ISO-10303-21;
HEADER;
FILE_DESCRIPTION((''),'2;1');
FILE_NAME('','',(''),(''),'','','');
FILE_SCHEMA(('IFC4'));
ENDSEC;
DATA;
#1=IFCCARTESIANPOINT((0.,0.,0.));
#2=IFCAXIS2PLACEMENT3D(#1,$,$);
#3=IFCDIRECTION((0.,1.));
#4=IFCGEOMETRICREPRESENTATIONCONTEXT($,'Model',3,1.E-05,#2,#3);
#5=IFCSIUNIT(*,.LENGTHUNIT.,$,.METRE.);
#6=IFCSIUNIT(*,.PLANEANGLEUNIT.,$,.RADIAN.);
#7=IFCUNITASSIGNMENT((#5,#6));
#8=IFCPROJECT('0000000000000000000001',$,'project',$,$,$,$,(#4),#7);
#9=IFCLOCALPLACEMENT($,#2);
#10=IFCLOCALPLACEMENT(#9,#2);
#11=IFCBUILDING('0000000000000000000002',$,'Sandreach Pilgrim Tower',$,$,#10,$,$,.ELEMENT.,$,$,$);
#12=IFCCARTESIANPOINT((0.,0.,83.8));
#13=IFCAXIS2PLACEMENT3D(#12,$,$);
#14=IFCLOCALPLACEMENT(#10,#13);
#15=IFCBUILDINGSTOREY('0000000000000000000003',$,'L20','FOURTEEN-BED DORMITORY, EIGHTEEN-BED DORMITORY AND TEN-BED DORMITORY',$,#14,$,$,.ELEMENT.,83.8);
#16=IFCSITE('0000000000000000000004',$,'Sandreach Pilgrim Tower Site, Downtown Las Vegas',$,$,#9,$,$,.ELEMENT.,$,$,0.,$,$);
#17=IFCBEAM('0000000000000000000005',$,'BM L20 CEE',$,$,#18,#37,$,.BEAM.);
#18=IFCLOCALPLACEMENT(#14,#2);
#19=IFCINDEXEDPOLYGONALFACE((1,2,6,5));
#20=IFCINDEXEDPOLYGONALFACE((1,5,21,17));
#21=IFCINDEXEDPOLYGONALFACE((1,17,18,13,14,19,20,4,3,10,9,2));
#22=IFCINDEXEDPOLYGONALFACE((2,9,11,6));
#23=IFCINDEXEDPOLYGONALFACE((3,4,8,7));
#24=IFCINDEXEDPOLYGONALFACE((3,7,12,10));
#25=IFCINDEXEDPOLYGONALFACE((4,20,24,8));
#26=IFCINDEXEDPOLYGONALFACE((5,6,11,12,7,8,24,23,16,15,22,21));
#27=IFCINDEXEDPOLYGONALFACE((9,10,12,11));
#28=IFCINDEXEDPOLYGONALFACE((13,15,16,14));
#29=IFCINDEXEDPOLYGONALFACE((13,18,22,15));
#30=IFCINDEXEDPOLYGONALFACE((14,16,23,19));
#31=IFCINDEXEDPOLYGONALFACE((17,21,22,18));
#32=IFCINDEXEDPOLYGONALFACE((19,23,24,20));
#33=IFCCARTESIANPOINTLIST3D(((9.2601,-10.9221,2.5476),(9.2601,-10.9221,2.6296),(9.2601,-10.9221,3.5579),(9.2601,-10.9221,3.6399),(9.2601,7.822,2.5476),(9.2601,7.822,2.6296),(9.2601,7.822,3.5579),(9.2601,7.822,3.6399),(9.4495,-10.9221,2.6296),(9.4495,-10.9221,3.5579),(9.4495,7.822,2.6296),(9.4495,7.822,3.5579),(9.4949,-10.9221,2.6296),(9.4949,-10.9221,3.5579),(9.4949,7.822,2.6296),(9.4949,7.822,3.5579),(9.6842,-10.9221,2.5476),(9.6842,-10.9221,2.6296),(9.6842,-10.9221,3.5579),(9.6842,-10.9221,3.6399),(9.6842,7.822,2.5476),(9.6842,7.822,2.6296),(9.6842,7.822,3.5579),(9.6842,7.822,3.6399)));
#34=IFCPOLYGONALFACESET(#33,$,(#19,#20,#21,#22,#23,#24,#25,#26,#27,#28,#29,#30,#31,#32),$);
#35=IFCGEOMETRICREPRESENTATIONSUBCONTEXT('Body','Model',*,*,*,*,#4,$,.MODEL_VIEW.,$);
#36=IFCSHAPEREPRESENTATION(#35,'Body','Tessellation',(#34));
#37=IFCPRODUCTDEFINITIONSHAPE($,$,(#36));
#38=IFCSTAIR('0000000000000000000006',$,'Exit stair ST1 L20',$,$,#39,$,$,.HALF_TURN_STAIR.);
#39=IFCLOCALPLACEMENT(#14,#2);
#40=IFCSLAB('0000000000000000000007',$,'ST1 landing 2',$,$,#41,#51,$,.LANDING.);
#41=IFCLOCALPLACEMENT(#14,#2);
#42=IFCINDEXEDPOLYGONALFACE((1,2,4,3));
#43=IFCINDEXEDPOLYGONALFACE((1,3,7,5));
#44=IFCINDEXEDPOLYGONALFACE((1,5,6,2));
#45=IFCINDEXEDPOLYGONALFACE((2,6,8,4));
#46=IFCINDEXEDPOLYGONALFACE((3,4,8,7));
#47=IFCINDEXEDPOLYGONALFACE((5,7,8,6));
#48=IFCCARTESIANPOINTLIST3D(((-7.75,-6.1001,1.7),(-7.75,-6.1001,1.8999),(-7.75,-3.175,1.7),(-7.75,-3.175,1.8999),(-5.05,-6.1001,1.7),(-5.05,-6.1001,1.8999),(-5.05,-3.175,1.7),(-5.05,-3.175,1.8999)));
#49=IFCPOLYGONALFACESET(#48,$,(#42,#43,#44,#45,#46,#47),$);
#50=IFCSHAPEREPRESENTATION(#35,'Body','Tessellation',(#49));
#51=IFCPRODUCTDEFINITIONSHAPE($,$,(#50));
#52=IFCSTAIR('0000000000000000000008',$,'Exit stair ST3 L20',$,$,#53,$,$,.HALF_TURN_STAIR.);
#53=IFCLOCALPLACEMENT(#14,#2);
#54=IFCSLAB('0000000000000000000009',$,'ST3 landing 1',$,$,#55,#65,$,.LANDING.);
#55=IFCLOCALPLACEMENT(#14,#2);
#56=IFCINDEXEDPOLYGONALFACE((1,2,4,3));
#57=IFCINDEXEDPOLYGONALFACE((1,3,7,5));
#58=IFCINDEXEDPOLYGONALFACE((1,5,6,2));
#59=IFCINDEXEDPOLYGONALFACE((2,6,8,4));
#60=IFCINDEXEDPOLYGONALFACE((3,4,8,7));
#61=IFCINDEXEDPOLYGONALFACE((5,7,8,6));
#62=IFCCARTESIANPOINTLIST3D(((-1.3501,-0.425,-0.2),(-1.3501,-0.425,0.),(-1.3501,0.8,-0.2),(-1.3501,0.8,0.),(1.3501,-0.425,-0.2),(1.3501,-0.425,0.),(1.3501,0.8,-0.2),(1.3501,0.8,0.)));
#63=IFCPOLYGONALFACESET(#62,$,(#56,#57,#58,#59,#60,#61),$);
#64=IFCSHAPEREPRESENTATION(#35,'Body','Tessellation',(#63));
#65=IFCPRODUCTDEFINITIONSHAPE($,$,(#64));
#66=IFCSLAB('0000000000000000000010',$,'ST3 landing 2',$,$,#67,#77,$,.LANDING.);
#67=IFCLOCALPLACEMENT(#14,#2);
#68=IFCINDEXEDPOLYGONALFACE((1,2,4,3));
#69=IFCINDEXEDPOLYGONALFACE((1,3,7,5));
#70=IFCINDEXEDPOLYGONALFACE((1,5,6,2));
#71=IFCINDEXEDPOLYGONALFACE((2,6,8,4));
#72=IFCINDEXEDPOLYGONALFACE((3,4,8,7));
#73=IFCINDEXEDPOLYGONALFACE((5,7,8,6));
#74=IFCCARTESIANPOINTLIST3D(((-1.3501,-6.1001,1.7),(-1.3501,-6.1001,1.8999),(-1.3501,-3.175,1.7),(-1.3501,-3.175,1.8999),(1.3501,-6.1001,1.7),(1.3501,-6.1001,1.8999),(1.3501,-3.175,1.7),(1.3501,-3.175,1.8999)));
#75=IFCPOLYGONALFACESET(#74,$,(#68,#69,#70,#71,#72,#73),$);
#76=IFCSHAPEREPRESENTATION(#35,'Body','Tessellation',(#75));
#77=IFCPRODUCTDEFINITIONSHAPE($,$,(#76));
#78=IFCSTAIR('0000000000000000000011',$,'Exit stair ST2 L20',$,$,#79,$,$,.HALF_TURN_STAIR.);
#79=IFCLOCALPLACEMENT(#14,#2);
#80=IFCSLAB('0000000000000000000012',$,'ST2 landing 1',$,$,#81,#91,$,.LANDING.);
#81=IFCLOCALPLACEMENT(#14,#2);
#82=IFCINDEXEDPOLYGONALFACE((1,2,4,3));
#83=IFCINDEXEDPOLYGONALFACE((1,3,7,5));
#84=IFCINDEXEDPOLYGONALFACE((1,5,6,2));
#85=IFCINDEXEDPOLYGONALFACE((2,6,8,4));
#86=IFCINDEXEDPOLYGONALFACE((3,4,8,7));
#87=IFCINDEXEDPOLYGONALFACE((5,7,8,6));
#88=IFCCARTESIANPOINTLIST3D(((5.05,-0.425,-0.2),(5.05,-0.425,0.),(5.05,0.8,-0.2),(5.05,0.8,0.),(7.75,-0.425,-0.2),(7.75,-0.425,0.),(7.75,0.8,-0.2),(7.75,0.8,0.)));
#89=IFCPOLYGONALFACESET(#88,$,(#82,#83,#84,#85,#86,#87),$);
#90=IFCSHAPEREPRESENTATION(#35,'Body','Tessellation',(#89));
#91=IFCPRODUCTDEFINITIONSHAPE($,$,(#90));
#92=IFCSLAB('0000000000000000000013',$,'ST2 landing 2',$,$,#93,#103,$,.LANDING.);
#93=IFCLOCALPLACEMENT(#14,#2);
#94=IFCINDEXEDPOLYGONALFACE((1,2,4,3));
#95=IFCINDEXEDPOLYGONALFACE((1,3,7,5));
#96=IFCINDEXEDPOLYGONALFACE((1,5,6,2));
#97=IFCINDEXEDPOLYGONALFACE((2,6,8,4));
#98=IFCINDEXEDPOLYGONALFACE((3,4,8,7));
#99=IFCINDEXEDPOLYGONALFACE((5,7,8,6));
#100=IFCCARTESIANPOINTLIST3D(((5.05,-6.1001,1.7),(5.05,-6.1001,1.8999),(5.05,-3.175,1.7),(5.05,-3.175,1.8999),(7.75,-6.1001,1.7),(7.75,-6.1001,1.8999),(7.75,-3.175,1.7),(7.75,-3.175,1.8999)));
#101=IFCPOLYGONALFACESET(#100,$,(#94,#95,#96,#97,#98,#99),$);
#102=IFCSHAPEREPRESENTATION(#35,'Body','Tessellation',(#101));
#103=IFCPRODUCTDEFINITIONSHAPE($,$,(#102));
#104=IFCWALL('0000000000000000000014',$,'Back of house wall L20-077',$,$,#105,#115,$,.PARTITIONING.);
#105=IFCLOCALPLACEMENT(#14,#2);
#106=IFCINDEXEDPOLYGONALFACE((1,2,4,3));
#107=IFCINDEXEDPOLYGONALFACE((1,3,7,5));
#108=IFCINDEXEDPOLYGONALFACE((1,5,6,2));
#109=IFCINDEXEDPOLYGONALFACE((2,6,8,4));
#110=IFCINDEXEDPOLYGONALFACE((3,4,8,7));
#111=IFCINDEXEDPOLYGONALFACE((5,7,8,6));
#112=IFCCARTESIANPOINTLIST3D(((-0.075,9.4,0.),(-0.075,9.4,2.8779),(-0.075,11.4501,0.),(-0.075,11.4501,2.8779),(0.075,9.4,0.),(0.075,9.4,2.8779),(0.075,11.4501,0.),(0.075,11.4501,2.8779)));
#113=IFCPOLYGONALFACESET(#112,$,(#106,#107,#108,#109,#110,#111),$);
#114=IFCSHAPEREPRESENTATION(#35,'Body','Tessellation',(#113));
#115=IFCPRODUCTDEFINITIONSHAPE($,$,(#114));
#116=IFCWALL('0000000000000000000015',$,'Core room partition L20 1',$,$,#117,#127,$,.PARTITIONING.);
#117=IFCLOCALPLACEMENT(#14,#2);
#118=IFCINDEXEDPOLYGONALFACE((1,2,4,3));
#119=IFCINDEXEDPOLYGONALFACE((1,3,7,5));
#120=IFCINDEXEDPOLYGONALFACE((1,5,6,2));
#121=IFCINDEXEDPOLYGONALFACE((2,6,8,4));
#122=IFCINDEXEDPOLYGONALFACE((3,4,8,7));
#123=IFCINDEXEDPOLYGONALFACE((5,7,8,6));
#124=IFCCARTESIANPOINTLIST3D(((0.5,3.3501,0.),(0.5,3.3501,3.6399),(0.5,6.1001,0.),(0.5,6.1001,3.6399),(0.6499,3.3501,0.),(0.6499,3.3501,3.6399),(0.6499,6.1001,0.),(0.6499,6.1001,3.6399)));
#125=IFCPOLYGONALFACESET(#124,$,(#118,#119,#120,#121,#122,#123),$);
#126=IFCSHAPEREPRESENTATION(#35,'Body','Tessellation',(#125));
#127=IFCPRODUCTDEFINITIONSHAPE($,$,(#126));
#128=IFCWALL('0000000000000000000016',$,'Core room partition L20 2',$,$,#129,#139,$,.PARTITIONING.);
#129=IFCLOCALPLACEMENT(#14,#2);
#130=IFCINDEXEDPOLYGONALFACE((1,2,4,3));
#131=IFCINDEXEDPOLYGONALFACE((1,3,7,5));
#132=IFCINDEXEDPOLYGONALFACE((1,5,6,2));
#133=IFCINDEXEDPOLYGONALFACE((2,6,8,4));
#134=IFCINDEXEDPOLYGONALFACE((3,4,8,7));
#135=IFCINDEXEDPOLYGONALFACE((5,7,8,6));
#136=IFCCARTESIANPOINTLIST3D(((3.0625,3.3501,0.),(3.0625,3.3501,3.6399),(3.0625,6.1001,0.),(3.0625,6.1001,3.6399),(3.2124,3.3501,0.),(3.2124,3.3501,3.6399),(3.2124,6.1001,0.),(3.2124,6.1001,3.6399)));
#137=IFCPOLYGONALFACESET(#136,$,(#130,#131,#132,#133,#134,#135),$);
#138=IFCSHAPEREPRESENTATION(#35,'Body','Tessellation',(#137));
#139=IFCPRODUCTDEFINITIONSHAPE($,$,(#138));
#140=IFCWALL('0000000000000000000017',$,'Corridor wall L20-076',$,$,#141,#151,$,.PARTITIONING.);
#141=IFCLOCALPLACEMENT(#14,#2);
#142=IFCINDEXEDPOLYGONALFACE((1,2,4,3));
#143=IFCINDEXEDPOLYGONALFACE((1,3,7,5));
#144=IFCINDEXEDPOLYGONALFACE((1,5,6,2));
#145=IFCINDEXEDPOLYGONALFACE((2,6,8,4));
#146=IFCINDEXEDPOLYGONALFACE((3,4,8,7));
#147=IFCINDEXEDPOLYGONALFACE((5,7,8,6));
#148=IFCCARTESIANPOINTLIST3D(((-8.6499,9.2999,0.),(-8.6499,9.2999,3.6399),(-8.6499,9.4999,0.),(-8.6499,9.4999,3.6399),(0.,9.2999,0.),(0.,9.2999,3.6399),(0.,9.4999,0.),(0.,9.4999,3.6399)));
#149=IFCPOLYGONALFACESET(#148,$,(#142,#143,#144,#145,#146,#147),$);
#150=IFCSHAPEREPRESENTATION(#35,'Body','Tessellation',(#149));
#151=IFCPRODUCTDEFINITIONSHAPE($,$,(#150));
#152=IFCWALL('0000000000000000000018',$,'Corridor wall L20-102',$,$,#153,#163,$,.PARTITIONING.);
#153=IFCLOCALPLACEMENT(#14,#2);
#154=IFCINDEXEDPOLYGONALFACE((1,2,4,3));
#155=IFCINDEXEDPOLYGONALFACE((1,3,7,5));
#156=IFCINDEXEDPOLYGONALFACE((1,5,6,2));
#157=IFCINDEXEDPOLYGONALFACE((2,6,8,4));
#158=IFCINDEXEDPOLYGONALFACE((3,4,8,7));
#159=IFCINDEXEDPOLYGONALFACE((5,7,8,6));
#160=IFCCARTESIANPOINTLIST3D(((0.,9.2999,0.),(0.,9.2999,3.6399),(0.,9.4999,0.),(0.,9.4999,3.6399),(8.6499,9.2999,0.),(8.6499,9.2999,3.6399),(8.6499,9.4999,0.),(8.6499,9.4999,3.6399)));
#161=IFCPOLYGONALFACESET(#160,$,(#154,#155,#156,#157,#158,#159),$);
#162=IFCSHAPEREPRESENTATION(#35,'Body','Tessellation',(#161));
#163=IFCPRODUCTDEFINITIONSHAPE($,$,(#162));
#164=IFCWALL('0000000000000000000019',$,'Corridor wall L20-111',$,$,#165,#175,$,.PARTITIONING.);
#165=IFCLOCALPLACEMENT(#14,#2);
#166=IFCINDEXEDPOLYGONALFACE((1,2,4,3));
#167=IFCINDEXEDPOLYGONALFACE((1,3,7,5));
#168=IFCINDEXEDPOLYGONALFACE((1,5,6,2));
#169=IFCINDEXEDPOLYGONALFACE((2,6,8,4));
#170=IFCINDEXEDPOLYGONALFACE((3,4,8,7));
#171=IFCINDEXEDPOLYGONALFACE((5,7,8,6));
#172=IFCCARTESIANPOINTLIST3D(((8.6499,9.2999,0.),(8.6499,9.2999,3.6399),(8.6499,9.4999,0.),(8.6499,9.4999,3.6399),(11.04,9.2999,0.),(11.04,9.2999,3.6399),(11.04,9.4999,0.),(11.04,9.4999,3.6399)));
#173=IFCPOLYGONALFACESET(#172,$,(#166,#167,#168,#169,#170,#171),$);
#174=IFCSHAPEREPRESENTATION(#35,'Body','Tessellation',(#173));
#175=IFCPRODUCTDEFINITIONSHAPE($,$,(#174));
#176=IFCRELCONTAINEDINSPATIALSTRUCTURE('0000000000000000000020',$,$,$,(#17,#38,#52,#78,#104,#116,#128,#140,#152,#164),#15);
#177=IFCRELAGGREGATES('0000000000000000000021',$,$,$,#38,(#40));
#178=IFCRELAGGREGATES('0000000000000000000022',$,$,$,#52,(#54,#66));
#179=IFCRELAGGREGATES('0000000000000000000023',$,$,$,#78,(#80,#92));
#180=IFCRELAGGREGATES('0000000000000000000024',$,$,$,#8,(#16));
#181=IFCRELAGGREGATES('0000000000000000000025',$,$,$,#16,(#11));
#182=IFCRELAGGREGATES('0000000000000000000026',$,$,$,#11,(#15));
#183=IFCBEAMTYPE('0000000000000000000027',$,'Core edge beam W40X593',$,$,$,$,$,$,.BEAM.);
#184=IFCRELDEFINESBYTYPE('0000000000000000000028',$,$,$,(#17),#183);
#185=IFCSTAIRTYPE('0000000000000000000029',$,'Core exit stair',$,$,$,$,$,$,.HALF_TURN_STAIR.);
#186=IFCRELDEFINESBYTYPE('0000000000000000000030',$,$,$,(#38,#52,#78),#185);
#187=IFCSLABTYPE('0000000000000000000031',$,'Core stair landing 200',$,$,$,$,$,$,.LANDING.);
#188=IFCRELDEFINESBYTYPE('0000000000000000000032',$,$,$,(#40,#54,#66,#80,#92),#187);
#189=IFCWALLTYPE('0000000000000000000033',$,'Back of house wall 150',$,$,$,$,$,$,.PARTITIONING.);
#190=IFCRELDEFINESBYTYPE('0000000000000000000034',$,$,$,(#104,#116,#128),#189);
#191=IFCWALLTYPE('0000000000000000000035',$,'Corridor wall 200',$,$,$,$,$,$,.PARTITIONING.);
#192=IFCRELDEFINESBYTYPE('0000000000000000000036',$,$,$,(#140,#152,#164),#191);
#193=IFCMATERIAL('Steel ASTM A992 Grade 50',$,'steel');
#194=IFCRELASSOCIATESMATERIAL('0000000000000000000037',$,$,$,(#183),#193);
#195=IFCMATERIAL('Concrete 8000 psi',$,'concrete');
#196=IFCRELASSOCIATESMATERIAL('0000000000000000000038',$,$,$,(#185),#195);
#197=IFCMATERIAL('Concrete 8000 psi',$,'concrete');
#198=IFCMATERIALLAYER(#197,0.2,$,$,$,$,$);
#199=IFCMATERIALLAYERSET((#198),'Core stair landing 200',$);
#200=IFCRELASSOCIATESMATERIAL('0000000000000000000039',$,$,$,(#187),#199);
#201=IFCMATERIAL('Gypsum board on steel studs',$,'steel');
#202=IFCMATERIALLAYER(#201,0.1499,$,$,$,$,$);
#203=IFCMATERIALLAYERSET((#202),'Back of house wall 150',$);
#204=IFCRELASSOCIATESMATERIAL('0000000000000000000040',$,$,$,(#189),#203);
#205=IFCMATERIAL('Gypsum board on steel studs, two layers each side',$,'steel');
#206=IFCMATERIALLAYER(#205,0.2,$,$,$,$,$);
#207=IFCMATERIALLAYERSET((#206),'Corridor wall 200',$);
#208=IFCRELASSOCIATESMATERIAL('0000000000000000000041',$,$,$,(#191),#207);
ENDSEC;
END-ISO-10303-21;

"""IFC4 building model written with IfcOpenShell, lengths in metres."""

from ifc_helpers import new_model, si_unit, direction, frame, frame_2d, origin, origin_2d, place, context, subcontext, project, spatial, polyline, rectangle, i_section, outline, extrude, material, layer, layer_set, material_profile, profile_set, type_object, element, aggregate, save


model = new_model("IFC4")

# Units and contexts
model_context = context("Model", 3, precision=1e-05, world=origin(), true_north=direction((0.0, 1.0)))
body_context = subcontext(model_context, "Body", "Model", "MODEL_VIEW")
ifc_project = project(units=[si_unit("LENGTHUNIT", "METRE"), si_unit("PLANEANGLEUNIT", "RADIAN")], contexts=[model_context])

# Site, building, storey
site_placement = place(None, origin())
site = spatial("IfcSite", under=ifc_project, at=site_placement, Name="Sandreach Pilgrim Tower Site, Downtown Las Vegas", CompositionType="ELEMENT", RefElevation=0.0)
building_placement = place(site_placement, origin())
building = spatial("IfcBuilding", under=site, at=building_placement, Name="Sandreach Pilgrim Tower", CompositionType="ELEMENT")
storey_placement = place(building_placement, frame((0.0, 0.0, 83.8)))
storey = spatial("IfcBuildingStorey", under=building, at=storey_placement, Name="L20", Description="FOURTEEN-BED DORMITORY, EIGHTEEN-BED DORMITORY AND TEN-BED DORMITORY", CompositionType="ELEMENT", Elevation=83.8)

# Beam
ifc_material_1 = material(Name="Steel ASTM A992 Grade 50", Category="steel")
ifc_material_profile = material_profile(ifc_material_1, i_section(OverallWidth=0.4241, OverallDepth=1.0923, WebThickness=0.0454, FlangeThickness=0.082, at=origin_2d()), Name="W40X593")
ifc_profile_set = profile_set([ifc_material_profile], Name="Steel ASTM A992 Grade 50")
beam_type = type_object("IfcBeamType", Name="Core edge beam W40X593", PredefinedType="BEAM", material=ifc_profile_set)
beam_placement = place(storey_placement, frame((9.4722, 7.822, 3.0938), z_axis=(0.0, -1.0, 0.0), x_axis=(1.0, 0.0, 0.0)))
element("IfcBeam", 1, at=beam_placement, inside=storey, type_object=beam_type, Name="BM L20 CEE", PredefinedType="BEAM", context=body_context, shape_type="SweptSolid", body=[
    extrude(i_section(OverallWidth=0.4241, OverallDepth=1.0923, WebThickness=0.0454, FlangeThickness=0.082, at=origin_2d()), origin(), (0.0, 0.0, 1.0), 18.7441),
])

# Stair, slab
ifc_material_2 = material(Name="Concrete 8000 psi", Category="concrete")
stair_type = type_object("IfcStairType", Name="Core exit stair", PredefinedType="HALF_TURN_STAIR", material=ifc_material_2)
stair_1_placement = place(storey_placement, origin())
stair_1 = element("IfcStair", 2, at=stair_1_placement, inside=storey, type_object=stair_type, Name="Exit stair ST1 L20", PredefinedType="HALF_TURN_STAIR")
ifc_material_3 = material(Name="Concrete 8000 psi", Category="concrete")
ifc_layer_1 = layer(ifc_material_3, 0.2)
ifc_layer_set_1 = layer_set([ifc_layer_1], Name="Core stair landing 200")
slab_type = type_object("IfcSlabType", Name="Core stair landing 200", PredefinedType="LANDING", material=ifc_layer_set_1)
slab_1_placement = place(storey_placement, frame((0.0, 0.0, 1.7)))
slab_1 = element("IfcSlab", 3, at=slab_1_placement, type_object=slab_type, Name="ST1 landing 2", PredefinedType="LANDING", context=body_context, shape_type="SweptSolid", body=[
    extrude(outline(polyline([(-7.75, -6.1001), (-5.05, -6.1001), (-5.05, -3.175), (-7.75, -3.175), (-7.75, -6.1001)])), origin(), (0.0, 0.0, 1.0), 0.2),
])
aggregate(stair_1, [slab_1])

# Stairs, slabs
stair_2_placement = place(storey_placement, origin())
stair_2 = element("IfcStair", 4, at=stair_2_placement, inside=storey, type_object=stair_type, Name="Exit stair ST3 L20", PredefinedType="HALF_TURN_STAIR")
slab_2_placement = place(storey_placement, frame((0.0, 0.0, -0.2)))
slab_2 = element("IfcSlab", 5, at=slab_2_placement, type_object=slab_type, Name="ST3 landing 1", PredefinedType="LANDING", context=body_context, shape_type="SweptSolid", body=[
    extrude(outline(polyline([(-1.3501, -0.425), (1.3501, -0.425), (1.3501, 0.8), (-1.3501, 0.8), (-1.3501, -0.425)])), origin(), (0.0, 0.0, 1.0), 0.2),
])
slab_3_placement = place(storey_placement, frame((0.0, 0.0, 1.7)))
slab_3 = element("IfcSlab", 6, at=slab_3_placement, type_object=slab_type, Name="ST3 landing 2", PredefinedType="LANDING", context=body_context, shape_type="SweptSolid", body=[
    extrude(outline(polyline([(-1.3501, -6.1001), (1.3501, -6.1001), (1.3501, -3.175), (-1.3501, -3.175), (-1.3501, -6.1001)])), origin(), (0.0, 0.0, 1.0), 0.2),
])
aggregate(stair_2, [slab_2, slab_3])
stair_3_placement = place(storey_placement, origin())
stair_3 = element("IfcStair", 7, at=stair_3_placement, inside=storey, type_object=stair_type, Name="Exit stair ST2 L20", PredefinedType="HALF_TURN_STAIR")
slab_4_placement = place(storey_placement, frame((0.0, 0.0, -0.2)))
slab_4 = element("IfcSlab", 8, at=slab_4_placement, type_object=slab_type, Name="ST2 landing 1", PredefinedType="LANDING", context=body_context, shape_type="SweptSolid", body=[
    extrude(outline(polyline([(5.05, -0.425), (7.75, -0.425), (7.75, 0.8), (5.05, 0.8), (5.05, -0.425)])), origin(), (0.0, 0.0, 1.0), 0.2),
])
slab_5_placement = place(storey_placement, frame((0.0, 0.0, 1.7)))
slab_5 = element("IfcSlab", 9, at=slab_5_placement, type_object=slab_type, Name="ST2 landing 2", PredefinedType="LANDING", context=body_context, shape_type="SweptSolid", body=[
    extrude(outline(polyline([(5.05, -6.1001), (7.75, -6.1001), (7.75, -3.175), (5.05, -3.175), (5.05, -6.1001)])), origin(), (0.0, 0.0, 1.0), 0.2),
])
aggregate(stair_3, [slab_4, slab_5])

# Walls
ifc_material_4 = material(Name="Gypsum board on steel studs", Category="steel")
ifc_layer_2 = layer(ifc_material_4, 0.1499)
ifc_layer_set_2 = layer_set([ifc_layer_2], Name="Back of house wall 150")
wall_type_1 = type_object("IfcWallType", Name="Back of house wall 150", PredefinedType="PARTITIONING", material=ifc_layer_set_2)
wall_1_placement = place(storey_placement, frame((0.0, 11.45, 0.0), z_axis=(0.0, 0.0, 1.0), x_axis=(0.0, -1.0, 0.0)))
element("IfcWall", 10, at=wall_1_placement, inside=storey, type_object=wall_type_1, Name="Back of house wall L20-077", PredefinedType="PARTITIONING", context=body_context, shape_type="SweptSolid", body=[
    extrude(rectangle(XDim=2.05, YDim=0.1499, at=frame_2d((1.0249, 0.0))), origin(), (0.0, 0.0, 1.0), 2.8779),
])
for number, where, z_axis, x_axis, name in (
    (11, (0.575, 3.3501, 0.0), (0.0, 0.0, 1.0), (0.0, 1.0, 0.0), "Core room partition L20 1"),
    (12, (3.1375, 3.3501, 0.0), (0.0, 0.0, 1.0), (0.0, 1.0, 0.0), "Core room partition L20 2"),
):
    element("IfcWall", number, at=place(storey_placement, frame(where, z_axis=z_axis, x_axis=x_axis)), inside=storey, type_object=wall_type_1, Name=name, PredefinedType="PARTITIONING", context=body_context, shape_type="SweptSolid", body=[
        extrude(rectangle(XDim=2.75, YDim=0.1499, at=frame_2d((1.375, 0.0))), origin(), (0.0, 0.0, 1.0), 3.6399),
    ])

# Walls
ifc_material_5 = material(Name="Gypsum board on steel studs, two layers each side", Category="steel")
ifc_layer_3 = layer(ifc_material_5, 0.2)
ifc_layer_set_3 = layer_set([ifc_layer_3], Name="Corridor wall 200")
wall_type_2 = type_object("IfcWallType", Name="Corridor wall 200", PredefinedType="PARTITIONING", material=ifc_layer_set_3)
for number, where, z_axis, x_axis, name in (
    (13, (0.0, 9.3999, 0.0), (0.0, 0.0, 1.0), (-1.0, 0.0, 0.0), "Corridor wall L20-076"),
    (14, (8.6499, 9.3999, 0.0), (0.0, 0.0, 1.0), (-1.0, 0.0, 0.0), "Corridor wall L20-102"),
):
    element("IfcWall", number, at=place(storey_placement, frame(where, z_axis=z_axis, x_axis=x_axis)), inside=storey, type_object=wall_type_2, Name=name, PredefinedType="PARTITIONING", context=body_context, shape_type="SweptSolid", body=[
        extrude(rectangle(XDim=8.6499, YDim=0.2, at=frame_2d((4.325, 0.0))), origin(), (0.0, 0.0, 1.0), 3.6399),
    ])
wall_2_placement = place(storey_placement, frame((11.04, 9.3999, 0.0), z_axis=(0.0, 0.0, 1.0), x_axis=(-1.0, 0.0, 0.0)))
element("IfcWall", 15, at=wall_2_placement, inside=storey, type_object=wall_type_2, Name="Corridor wall L20-111", PredefinedType="PARTITIONING", context=body_context, shape_type="SweptSolid", body=[
    extrude(rectangle(XDim=2.3901, YDim=0.2, at=frame_2d((1.1951, 0.0))), origin(), (0.0, 0.0, 1.0), 3.6399),
])

save(model, "model.ifc")
